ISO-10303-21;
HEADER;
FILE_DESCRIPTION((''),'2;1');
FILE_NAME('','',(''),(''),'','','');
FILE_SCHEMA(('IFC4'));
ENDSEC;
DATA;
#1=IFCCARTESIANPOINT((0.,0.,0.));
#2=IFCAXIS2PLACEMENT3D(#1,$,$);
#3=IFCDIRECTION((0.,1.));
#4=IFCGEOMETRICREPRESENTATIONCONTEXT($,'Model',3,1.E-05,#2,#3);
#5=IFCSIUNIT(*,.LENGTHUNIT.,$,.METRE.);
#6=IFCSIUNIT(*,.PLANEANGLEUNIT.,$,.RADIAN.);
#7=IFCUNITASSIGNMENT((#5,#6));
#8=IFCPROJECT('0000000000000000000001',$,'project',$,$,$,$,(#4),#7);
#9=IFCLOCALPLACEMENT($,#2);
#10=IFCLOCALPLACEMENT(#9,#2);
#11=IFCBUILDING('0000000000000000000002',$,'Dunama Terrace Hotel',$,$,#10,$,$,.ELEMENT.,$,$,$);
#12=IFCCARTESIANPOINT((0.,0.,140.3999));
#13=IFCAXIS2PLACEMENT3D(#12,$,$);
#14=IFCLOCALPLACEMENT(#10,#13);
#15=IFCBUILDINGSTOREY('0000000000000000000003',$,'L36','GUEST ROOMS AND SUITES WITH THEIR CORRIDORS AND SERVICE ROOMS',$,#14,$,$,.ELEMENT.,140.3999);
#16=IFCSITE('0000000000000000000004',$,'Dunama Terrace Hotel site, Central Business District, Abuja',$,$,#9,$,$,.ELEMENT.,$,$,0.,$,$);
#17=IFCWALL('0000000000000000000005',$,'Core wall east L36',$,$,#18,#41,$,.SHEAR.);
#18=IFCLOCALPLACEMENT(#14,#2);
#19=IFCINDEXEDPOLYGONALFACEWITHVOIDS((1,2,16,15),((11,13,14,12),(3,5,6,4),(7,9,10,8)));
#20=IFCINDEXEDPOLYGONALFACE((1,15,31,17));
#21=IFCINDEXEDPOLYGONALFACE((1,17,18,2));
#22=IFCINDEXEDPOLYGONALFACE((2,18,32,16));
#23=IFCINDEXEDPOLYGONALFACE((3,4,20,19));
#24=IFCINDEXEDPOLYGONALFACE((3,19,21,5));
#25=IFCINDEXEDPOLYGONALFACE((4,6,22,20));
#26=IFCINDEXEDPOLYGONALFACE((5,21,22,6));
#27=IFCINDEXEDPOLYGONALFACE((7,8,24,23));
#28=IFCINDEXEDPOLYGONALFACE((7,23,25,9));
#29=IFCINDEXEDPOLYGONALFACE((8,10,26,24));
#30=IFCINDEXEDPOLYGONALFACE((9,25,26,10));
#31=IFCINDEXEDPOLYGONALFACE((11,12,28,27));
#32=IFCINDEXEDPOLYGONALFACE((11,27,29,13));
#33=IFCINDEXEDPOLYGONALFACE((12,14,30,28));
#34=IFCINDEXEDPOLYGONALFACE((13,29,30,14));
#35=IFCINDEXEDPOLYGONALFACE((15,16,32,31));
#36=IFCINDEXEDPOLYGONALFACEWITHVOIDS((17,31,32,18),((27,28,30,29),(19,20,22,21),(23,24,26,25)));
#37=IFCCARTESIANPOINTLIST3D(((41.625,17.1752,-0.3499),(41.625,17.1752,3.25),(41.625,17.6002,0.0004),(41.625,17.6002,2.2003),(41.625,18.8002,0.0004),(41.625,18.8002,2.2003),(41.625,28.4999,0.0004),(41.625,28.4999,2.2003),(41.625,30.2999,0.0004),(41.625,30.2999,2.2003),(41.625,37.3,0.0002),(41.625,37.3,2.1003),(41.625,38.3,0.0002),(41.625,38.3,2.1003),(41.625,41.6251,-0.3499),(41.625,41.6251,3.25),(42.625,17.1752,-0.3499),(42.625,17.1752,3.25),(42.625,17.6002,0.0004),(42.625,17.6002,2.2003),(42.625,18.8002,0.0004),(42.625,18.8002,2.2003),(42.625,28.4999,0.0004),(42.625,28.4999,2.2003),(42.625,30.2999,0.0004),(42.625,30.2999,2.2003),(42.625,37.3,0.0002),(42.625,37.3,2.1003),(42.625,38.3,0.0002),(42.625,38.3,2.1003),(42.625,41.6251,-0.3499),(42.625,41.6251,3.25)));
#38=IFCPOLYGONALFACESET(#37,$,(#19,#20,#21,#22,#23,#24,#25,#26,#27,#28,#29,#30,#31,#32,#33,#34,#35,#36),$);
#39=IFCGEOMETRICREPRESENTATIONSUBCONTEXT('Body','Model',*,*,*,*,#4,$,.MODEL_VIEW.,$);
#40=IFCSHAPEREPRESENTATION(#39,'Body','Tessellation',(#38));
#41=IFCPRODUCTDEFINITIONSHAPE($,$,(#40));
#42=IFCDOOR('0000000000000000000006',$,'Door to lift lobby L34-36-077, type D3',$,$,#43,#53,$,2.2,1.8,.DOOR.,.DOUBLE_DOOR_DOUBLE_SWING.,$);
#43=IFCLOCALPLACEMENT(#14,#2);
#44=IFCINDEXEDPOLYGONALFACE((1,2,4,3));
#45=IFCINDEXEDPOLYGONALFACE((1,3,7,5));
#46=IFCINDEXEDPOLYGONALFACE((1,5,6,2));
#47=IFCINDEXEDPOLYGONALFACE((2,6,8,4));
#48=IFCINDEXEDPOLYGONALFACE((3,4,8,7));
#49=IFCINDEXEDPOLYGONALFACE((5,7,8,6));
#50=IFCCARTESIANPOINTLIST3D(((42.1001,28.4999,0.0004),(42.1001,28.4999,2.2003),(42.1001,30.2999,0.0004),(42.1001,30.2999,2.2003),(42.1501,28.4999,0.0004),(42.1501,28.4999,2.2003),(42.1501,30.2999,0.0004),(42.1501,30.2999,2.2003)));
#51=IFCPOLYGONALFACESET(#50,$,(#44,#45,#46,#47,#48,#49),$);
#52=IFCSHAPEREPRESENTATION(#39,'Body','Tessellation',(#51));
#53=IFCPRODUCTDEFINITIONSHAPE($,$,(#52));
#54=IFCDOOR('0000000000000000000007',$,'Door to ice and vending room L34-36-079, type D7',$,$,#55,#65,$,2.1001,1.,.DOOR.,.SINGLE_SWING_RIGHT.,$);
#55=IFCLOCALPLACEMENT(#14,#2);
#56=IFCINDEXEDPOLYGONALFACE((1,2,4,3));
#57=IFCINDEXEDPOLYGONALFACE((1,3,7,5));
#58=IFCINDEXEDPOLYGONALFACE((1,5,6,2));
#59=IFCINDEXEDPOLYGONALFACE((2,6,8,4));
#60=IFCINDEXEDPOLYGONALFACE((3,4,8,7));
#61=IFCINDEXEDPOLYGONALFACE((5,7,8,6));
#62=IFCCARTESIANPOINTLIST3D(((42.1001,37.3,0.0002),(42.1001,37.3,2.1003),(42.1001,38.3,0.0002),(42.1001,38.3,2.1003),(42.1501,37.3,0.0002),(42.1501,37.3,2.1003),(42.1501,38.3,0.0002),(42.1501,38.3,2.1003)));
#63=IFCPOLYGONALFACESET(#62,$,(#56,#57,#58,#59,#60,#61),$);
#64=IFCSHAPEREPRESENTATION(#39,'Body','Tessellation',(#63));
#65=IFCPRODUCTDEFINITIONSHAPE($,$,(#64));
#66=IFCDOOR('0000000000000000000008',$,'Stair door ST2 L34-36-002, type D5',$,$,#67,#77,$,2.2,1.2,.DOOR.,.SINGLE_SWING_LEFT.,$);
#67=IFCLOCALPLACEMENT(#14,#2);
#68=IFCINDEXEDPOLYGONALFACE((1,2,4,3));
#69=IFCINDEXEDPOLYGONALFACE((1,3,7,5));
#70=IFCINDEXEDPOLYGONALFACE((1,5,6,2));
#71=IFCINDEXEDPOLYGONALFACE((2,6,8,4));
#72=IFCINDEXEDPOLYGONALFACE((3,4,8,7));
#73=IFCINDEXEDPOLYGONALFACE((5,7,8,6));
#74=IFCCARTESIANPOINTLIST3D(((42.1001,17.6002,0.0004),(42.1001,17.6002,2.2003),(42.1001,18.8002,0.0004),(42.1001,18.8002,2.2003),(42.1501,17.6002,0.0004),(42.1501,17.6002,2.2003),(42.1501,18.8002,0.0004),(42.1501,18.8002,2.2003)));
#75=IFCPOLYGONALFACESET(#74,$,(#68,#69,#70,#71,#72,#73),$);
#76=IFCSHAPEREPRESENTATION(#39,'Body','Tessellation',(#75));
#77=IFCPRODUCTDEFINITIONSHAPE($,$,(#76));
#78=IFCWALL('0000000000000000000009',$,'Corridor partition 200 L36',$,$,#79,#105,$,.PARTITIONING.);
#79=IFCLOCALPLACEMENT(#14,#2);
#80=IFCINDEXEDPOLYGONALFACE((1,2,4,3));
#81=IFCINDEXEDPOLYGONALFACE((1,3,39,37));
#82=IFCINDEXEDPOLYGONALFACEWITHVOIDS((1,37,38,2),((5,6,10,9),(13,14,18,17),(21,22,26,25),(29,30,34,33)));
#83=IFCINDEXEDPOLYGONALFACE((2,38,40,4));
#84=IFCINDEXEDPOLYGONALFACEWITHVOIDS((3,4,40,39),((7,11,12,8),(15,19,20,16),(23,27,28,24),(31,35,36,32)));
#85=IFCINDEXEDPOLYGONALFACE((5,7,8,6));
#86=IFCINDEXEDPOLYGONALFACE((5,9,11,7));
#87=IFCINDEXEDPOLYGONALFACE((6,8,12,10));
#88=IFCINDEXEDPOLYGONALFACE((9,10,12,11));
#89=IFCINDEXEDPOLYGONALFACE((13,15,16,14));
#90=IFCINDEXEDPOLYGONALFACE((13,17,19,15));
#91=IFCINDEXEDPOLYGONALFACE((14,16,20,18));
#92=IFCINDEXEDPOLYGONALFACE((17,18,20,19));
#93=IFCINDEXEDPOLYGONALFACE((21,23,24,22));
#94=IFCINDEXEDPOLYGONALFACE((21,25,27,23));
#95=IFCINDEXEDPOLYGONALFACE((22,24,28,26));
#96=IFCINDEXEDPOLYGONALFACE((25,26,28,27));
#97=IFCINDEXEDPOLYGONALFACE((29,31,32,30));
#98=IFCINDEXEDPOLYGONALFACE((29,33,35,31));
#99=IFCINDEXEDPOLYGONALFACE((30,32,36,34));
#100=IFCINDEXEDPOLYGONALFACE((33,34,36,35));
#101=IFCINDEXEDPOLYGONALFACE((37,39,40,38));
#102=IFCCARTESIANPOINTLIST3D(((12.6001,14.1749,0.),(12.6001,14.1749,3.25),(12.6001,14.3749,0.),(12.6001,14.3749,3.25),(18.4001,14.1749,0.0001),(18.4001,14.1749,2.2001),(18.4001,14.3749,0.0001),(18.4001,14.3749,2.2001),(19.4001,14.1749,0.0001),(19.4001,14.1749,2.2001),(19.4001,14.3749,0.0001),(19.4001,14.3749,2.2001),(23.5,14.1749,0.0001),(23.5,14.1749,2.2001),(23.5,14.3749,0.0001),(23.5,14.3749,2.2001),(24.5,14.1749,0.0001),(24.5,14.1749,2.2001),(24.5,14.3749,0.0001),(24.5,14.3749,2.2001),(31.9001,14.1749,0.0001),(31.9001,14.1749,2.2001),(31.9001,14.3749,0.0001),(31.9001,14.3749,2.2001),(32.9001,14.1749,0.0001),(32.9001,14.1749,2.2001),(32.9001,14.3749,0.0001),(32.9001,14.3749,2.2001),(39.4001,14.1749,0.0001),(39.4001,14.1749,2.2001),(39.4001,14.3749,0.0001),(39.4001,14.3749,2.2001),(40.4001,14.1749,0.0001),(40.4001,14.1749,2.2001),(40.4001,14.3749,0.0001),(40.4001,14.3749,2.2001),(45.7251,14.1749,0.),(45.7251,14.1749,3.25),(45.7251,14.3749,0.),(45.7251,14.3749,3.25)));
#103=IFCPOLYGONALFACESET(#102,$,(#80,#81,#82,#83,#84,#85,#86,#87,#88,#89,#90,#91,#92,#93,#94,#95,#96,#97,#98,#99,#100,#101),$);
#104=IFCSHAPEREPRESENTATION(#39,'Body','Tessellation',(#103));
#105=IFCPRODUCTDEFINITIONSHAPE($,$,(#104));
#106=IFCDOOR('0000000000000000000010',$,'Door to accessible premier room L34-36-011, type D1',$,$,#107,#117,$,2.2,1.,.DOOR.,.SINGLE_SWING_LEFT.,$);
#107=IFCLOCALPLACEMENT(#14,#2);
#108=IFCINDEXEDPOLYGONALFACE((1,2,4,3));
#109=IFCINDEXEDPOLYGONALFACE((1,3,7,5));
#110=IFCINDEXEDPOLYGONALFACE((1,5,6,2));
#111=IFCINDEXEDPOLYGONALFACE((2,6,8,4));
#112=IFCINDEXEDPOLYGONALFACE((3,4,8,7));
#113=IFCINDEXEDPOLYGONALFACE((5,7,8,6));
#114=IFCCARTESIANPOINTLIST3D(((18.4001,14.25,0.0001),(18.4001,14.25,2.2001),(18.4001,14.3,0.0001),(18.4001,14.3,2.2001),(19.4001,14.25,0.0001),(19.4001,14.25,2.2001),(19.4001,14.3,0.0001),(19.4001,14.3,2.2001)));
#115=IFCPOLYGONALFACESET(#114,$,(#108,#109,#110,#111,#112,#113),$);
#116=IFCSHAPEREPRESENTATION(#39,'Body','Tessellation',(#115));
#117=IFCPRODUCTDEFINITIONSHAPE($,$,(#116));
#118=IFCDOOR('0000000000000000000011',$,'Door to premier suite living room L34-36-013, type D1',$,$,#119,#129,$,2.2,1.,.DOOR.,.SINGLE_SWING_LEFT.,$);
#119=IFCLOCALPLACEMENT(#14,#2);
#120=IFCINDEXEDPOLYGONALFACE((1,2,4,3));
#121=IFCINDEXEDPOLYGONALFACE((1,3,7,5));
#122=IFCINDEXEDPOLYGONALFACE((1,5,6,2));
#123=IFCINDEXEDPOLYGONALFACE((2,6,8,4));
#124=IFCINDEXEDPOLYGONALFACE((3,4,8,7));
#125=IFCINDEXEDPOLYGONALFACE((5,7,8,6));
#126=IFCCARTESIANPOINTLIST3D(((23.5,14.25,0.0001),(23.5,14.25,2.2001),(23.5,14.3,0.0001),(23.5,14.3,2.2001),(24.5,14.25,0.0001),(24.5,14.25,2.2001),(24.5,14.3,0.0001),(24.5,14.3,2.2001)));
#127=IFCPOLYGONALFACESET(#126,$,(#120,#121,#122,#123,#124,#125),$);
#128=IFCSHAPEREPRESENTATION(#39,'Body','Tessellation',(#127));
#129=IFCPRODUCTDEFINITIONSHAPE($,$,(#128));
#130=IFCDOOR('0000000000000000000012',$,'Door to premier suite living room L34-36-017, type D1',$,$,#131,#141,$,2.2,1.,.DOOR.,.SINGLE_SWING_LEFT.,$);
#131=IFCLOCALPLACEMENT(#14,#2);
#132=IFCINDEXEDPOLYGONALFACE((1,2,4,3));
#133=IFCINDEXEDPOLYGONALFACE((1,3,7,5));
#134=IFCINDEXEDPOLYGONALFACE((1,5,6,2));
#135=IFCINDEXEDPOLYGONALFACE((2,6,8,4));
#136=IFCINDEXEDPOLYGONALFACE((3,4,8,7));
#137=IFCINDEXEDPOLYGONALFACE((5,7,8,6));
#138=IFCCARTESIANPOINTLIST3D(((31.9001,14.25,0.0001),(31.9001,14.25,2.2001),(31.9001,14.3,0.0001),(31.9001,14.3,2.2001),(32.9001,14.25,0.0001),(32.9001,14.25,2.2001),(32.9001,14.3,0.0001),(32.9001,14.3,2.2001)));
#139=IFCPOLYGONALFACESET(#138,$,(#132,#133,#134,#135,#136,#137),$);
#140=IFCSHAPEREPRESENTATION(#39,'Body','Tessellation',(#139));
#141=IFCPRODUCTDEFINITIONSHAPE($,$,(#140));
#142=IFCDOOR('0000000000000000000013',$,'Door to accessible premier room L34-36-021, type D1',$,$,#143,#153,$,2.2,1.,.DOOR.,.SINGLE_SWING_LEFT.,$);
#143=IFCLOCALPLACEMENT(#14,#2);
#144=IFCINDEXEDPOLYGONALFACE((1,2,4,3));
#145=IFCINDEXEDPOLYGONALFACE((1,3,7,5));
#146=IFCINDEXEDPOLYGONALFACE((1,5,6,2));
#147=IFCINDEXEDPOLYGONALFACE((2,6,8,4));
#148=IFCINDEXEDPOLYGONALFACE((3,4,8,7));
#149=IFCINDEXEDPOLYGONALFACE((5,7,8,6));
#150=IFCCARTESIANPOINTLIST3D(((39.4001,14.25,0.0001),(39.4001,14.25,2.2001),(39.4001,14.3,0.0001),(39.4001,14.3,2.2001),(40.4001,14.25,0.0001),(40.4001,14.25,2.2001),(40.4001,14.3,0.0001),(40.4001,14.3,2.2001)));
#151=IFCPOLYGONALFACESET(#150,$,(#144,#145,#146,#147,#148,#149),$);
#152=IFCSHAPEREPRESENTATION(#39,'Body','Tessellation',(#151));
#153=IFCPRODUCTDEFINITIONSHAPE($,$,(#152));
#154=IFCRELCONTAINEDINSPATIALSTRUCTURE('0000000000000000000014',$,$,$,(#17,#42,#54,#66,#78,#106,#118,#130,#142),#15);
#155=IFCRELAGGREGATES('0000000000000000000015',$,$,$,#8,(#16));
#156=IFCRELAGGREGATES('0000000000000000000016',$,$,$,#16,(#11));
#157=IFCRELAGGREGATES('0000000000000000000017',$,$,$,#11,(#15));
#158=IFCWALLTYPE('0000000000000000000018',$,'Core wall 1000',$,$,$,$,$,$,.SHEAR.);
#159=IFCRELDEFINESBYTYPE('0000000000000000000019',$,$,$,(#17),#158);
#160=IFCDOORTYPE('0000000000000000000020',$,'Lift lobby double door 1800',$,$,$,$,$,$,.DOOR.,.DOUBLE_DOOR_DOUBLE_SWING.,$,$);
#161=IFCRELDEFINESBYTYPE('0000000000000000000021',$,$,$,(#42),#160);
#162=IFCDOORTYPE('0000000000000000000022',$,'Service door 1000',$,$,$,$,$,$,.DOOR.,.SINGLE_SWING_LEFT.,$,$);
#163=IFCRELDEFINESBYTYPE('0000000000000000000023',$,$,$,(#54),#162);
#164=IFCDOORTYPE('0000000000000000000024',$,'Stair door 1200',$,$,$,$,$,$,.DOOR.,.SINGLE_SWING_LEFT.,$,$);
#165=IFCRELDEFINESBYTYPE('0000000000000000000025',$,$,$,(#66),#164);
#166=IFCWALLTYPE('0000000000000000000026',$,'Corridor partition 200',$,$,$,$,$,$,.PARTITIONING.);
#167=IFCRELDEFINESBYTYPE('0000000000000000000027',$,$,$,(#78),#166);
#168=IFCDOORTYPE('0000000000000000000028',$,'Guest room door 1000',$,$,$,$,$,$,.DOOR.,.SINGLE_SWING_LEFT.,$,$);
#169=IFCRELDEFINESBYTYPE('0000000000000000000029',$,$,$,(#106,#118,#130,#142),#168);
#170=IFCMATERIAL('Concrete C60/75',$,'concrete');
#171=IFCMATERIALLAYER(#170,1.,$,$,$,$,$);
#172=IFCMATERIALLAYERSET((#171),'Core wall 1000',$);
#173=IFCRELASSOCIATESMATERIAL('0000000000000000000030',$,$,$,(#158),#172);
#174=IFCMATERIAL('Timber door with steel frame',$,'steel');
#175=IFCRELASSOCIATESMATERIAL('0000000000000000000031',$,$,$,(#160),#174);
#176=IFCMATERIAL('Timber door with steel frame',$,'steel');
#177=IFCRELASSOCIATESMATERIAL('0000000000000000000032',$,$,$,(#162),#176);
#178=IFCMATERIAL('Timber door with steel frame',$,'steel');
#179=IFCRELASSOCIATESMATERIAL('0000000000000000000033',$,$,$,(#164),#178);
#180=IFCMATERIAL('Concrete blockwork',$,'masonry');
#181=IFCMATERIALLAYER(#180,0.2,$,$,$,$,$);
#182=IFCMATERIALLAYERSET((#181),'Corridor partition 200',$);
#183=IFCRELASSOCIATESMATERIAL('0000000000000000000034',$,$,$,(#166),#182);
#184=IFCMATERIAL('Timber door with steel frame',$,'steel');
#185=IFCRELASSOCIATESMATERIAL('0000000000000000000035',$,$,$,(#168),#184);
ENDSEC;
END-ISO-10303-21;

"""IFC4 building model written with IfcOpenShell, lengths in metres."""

from ifc_helpers import new_model, si_unit, direction, frame, frame_2d, origin, place, context, subcontext, project, spatial, rectangle, extrude, material, layer, layer_set, type_object, element, fill, save


model = new_model("IFC4")

# Units and contexts
model_context = context("Model", 3, precision=1e-05, world=origin(), true_north=direction((0.0, 1.0)))
body_context = subcontext(model_context, "Body", "Model", "MODEL_VIEW")
ifc_project = project(units=[si_unit("LENGTHUNIT", "METRE"), si_unit("PLANEANGLEUNIT", "RADIAN")], contexts=[model_context])

# Site, building, storey
site_placement = place(None, origin())
site = spatial("IfcSite", under=ifc_project, at=site_placement, Name="Dunama Terrace Hotel site, Central Business District, Abuja", CompositionType="ELEMENT", RefElevation=0.0)
building_placement = place(site_placement, origin())
building = spatial("IfcBuilding", under=site, at=building_placement, Name="Dunama Terrace Hotel", CompositionType="ELEMENT")
storey_placement = place(building_placement, frame((0.0, 0.0, 140.3999)))
storey = spatial("IfcBuildingStorey", under=building, at=storey_placement, Name="L36", Description="GUEST ROOMS AND SUITES WITH THEIR CORRIDORS AND SERVICE ROOMS", CompositionType="ELEMENT", Elevation=140.3999)

# Walls, openings, doors
ifc_material_1 = material(Name="Concrete C60/75", Category="concrete")
ifc_layer_1 = layer(ifc_material_1, 1.0)
ifc_layer_set_1 = layer_set([ifc_layer_1], Name="Core wall 1000")
wall_type_1 = type_object("IfcWallType", Name="Core wall 1000", PredefinedType="SHEAR", material=ifc_layer_set_1)
wall_1_placement = place(storey_placement, frame((42.125, 17.175, -0.3499), z_axis=(0.0, 0.0, 1.0), x_axis=(0.0, 1.0, 0.0)))
wall_1 = element("IfcWall", 1, at=wall_1_placement, inside=storey, type_object=wall_type_1, Name="Core wall east L36", PredefinedType="SHEAR", context=body_context, shape_type="SweptSolid", body=[
    extrude(rectangle(XDim=24.45, YDim=1.0, at=frame_2d((12.2251, 0.0))), origin(), (0.0, 0.0, 1.0), 3.5999),
])
opening_1_placement = place(wall_1_placement, frame((0.425, 0.0, 0.3501)))
opening_1 = element("IfcOpeningElement", 2, at=opening_1_placement, cuts=wall_1, PredefinedType="OPENING", context=body_context, shape_type="SweptSolid", body=[
    extrude(rectangle(XDim=1.2, YDim=2.2, at=frame_2d((0.6001, 1.1001))), frame((0.0, 0.51, 0.0), z_axis=(0.0, -1.0, 0.0), x_axis=(1.0, 0.0, 0.0)), (0.0, 0.0, 1.0), 1.02),
])
opening_2_placement = place(wall_1_placement, frame((11.325, 0.0, 0.3501)))
opening_2 = element("IfcOpeningElement", 3, at=opening_2_placement, cuts=wall_1, PredefinedType="OPENING", context=body_context, shape_type="SweptSolid", body=[
    extrude(rectangle(XDim=1.8, YDim=2.2, at=frame_2d((0.8999, 1.1001))), frame((0.0, 0.51, 0.0), z_axis=(0.0, -1.0, 0.0), x_axis=(1.0, 0.0, 0.0)), (0.0, 0.0, 1.0), 1.02),
])
opening_3_placement = place(wall_1_placement, frame((20.125, 0.0, 0.3501)))
opening_3 = element("IfcOpeningElement", 4, at=opening_3_placement, cuts=wall_1, PredefinedType="OPENING", context=body_context, shape_type="SweptSolid", body=[
    extrude(rectangle(XDim=1.0, YDim=2.1001, at=frame_2d((0.5, 1.05))), frame((0.0, 0.51, 0.0), z_axis=(0.0, -1.0, 0.0), x_axis=(1.0, 0.0, 0.0)), (0.0, 0.0, 1.0), 1.02),
])
ifc_material_2 = material(Name="Timber door with steel frame", Category="steel")
door_type_1 = type_object("IfcDoorType", Name="Lift lobby double door 1800", OperationType="DOUBLE_DOOR_DOUBLE_SWING", PredefinedType="DOOR", material=ifc_material_2)
door_1_placement = place(opening_2_placement, origin())
door_1 = element("IfcDoor", 5, at=door_1_placement, inside=storey, type_object=door_type_1, Name="Door to lift lobby L34-36-077, type D3", OperationType="DOUBLE_DOOR_DOUBLE_SWING", OverallHeight=2.2, OverallWidth=1.8, PredefinedType="DOOR", context=body_context, shape_type="SweptSolid", body=[
    extrude(rectangle(XDim=1.8, YDim=2.2, at=frame_2d((0.8999, 1.1001))), frame((0.0, 0.0249, 0.0), z_axis=(0.0, -1.0, 0.0), x_axis=(1.0, 0.0, 0.0)), (0.0, 0.0, 1.0), 0.05),
])
fill(opening_2, door_1)
ifc_material_3 = material(Name="Timber door with steel frame", Category="steel")
door_type_2 = type_object("IfcDoorType", Name="Service door 1000", OperationType="SINGLE_SWING_LEFT", PredefinedType="DOOR", material=ifc_material_3)
door_2_placement = place(opening_3_placement, origin())
door_2 = element("IfcDoor", 6, at=door_2_placement, inside=storey, type_object=door_type_2, Name="Door to ice and vending room L34-36-079, type D7", OperationType="SINGLE_SWING_RIGHT", OverallHeight=2.1001, OverallWidth=1.0, PredefinedType="DOOR", context=body_context, shape_type="SweptSolid", body=[
    extrude(rectangle(XDim=1.0, YDim=2.1001, at=frame_2d((0.5, 1.05))), frame((0.0, 0.0249, 0.0), z_axis=(0.0, -1.0, 0.0), x_axis=(1.0, 0.0, 0.0)), (0.0, 0.0, 1.0), 0.05),
])
fill(opening_3, door_2)
ifc_material_4 = material(Name="Timber door with steel frame", Category="steel")
door_type_3 = type_object("IfcDoorType", Name="Stair door 1200", OperationType="SINGLE_SWING_LEFT", PredefinedType="DOOR", material=ifc_material_4)
door_3_placement = place(opening_1_placement, origin())
door_3 = element("IfcDoor", 7, at=door_3_placement, inside=storey, type_object=door_type_3, Name="Stair door ST2 L34-36-002, type D5", OperationType="SINGLE_SWING_LEFT", OverallHeight=2.2, OverallWidth=1.2, PredefinedType="DOOR", context=body_context, shape_type="SweptSolid", body=[
    extrude(rectangle(XDim=1.2, YDim=2.2, at=frame_2d((0.6001, 1.1001))), frame((0.0, 0.0249, 0.0), z_axis=(0.0, -1.0, 0.0), x_axis=(1.0, 0.0, 0.0)), (0.0, 0.0, 1.0), 0.05),
])
fill(opening_1, door_3)
ifc_material_5 = material(Name="Concrete blockwork", Category="masonry")
ifc_layer_2 = layer(ifc_material_5, 0.2)
ifc_layer_set_2 = layer_set([ifc_layer_2], Name="Corridor partition 200")
wall_type_2 = type_object("IfcWallType", Name="Corridor partition 200", PredefinedType="PARTITIONING", material=ifc_layer_set_2)
wall_2_placement = place(storey_placement, frame((45.7251, 14.2749, 0.0), z_axis=(0.0, 0.0, 1.0), x_axis=(-1.0, 0.0, 0.0)))
wall_2 = element("IfcWall", 8, at=wall_2_placement, inside=storey, type_object=wall_type_2, Name="Corridor partition 200 L36", PredefinedType="PARTITIONING", context=body_context, shape_type="SweptSolid", body=[
    extrude(rectangle(XDim=33.125, YDim=0.2, at=frame_2d((16.5625, 0.0))), origin(), (0.0, 0.0, 1.0), 3.25),
])
opening_4_placement = place(wall_2_placement, frame((26.325, 0.0, 0.0)))
opening_4 = element("IfcOpeningElement", 9, at=opening_4_placement, cuts=wall_2, PredefinedType="OPENING", context=body_context, shape_type="SweptSolid", body=[
    extrude(rectangle(XDim=1.0, YDim=2.2, at=frame_2d((0.5, 1.1001))), frame((0.0, 0.1099, 0.0), z_axis=(0.0, -1.0, 0.0), x_axis=(1.0, 0.0, 0.0)), (0.0, 0.0, 1.0), 0.22),
])
opening_5_placement = place(wall_2_placement, frame((21.2251, 0.0, 0.0)))
opening_5 = element("IfcOpeningElement", 10, at=opening_5_placement, cuts=wall_2, PredefinedType="OPENING", context=body_context, shape_type="SweptSolid", body=[
    extrude(rectangle(XDim=1.0, YDim=2.2, at=frame_2d((0.5, 1.1001))), frame((0.0, 0.1099, 0.0), z_axis=(0.0, -1.0, 0.0), x_axis=(1.0, 0.0, 0.0)), (0.0, 0.0, 1.0), 0.22),
])
opening_6_placement = place(wall_2_placement, frame((12.825, 0.0, 0.0)))
opening_6 = element("IfcOpeningElement", 11, at=opening_6_placement, cuts=wall_2, PredefinedType="OPENING", context=body_context, shape_type="SweptSolid", body=[
    extrude(rectangle(XDim=1.0, YDim=2.2, at=frame_2d((0.5, 1.1001))), frame((0.0, 0.1099, 0.0), z_axis=(0.0, -1.0, 0.0), x_axis=(1.0, 0.0, 0.0)), (0.0, 0.0, 1.0), 0.22),
])
opening_7_placement = place(wall_2_placement, frame((5.325, 0.0, 0.0)))
opening_7 = element("IfcOpeningElement", 12, at=opening_7_placement, cuts=wall_2, PredefinedType="OPENING", context=body_context, shape_type="SweptSolid", body=[
    extrude(rectangle(XDim=1.0, YDim=2.2, at=frame_2d((0.5, 1.1001))), frame((0.0, 0.1099, 0.0), z_axis=(0.0, -1.0, 0.0), x_axis=(1.0, 0.0, 0.0)), (0.0, 0.0, 1.0), 0.22),
])
ifc_material_6 = material(Name="Timber door with steel frame", Category="steel")
door_type_4 = type_object("IfcDoorType", Name="Guest room door 1000", OperationType="SINGLE_SWING_LEFT", PredefinedType="DOOR", material=ifc_material_6)
door_4_placement = place(opening_4_placement, origin())
door_4 = element("IfcDoor", 13, at=door_4_placement, inside=storey, type_object=door_type_4, Name="Door to accessible premier room L34-36-011, type D1", OperationType="SINGLE_SWING_LEFT", OverallHeight=2.2, OverallWidth=1.0, PredefinedType="DOOR", context=body_context, shape_type="SweptSolid", body=[
    extrude(rectangle(XDim=1.0, YDim=2.2, at=frame_2d((0.5, 1.1001))), frame((0.0, 0.0249, 0.0), z_axis=(0.0, -1.0, 0.0), x_axis=(1.0, 0.0, 0.0)), (0.0, 0.0, 1.0), 0.05),
])
fill(opening_4, door_4)
door_5_placement = place(opening_5_placement, origin())
door_5 = element("IfcDoor", 14, at=door_5_placement, inside=storey, type_object=door_type_4, Name="Door to premier suite living room L34-36-013, type D1", OperationType="SINGLE_SWING_LEFT", OverallHeight=2.2, OverallWidth=1.0, PredefinedType="DOOR", context=body_context, shape_type="SweptSolid", body=[
    extrude(rectangle(XDim=1.0, YDim=2.2, at=frame_2d((0.5, 1.1001))), frame((0.0, 0.0249, 0.0), z_axis=(0.0, -1.0, 0.0), x_axis=(1.0, 0.0, 0.0)), (0.0, 0.0, 1.0), 0.05),
])
fill(opening_5, door_5)
door_6_placement = place(opening_6_placement, origin())
door_6 = element("IfcDoor", 15, at=door_6_placement, inside=storey, type_object=door_type_4, Name="Door to premier suite living room L34-36-017, type D1", OperationType="SINGLE_SWING_LEFT", OverallHeight=2.2, OverallWidth=1.0, PredefinedType="DOOR", context=body_context, shape_type="SweptSolid", body=[
    extrude(rectangle(XDim=1.0, YDim=2.2, at=frame_2d((0.5, 1.1001))), frame((0.0, 0.0249, 0.0), z_axis=(0.0, -1.0, 0.0), x_axis=(1.0, 0.0, 0.0)), (0.0, 0.0, 1.0), 0.05),
])
fill(opening_6, door_6)
door_7_placement = place(opening_7_placement, origin())
door_7 = element("IfcDoor", 16, at=door_7_placement, inside=storey, type_object=door_type_4, Name="Door to accessible premier room L34-36-021, type D1", OperationType="SINGLE_SWING_LEFT", OverallHeight=2.2, OverallWidth=1.0, PredefinedType="DOOR", context=body_context, shape_type="SweptSolid", body=[
    extrude(rectangle(XDim=1.0, YDim=2.2, at=frame_2d((0.5, 1.1001))), frame((0.0, 0.0249, 0.0), z_axis=(0.0, -1.0, 0.0), x_axis=(1.0, 0.0, 0.0)), (0.0, 0.0, 1.0), 0.05),
])
fill(opening_7, door_7)

save(model, "model.ifc")
